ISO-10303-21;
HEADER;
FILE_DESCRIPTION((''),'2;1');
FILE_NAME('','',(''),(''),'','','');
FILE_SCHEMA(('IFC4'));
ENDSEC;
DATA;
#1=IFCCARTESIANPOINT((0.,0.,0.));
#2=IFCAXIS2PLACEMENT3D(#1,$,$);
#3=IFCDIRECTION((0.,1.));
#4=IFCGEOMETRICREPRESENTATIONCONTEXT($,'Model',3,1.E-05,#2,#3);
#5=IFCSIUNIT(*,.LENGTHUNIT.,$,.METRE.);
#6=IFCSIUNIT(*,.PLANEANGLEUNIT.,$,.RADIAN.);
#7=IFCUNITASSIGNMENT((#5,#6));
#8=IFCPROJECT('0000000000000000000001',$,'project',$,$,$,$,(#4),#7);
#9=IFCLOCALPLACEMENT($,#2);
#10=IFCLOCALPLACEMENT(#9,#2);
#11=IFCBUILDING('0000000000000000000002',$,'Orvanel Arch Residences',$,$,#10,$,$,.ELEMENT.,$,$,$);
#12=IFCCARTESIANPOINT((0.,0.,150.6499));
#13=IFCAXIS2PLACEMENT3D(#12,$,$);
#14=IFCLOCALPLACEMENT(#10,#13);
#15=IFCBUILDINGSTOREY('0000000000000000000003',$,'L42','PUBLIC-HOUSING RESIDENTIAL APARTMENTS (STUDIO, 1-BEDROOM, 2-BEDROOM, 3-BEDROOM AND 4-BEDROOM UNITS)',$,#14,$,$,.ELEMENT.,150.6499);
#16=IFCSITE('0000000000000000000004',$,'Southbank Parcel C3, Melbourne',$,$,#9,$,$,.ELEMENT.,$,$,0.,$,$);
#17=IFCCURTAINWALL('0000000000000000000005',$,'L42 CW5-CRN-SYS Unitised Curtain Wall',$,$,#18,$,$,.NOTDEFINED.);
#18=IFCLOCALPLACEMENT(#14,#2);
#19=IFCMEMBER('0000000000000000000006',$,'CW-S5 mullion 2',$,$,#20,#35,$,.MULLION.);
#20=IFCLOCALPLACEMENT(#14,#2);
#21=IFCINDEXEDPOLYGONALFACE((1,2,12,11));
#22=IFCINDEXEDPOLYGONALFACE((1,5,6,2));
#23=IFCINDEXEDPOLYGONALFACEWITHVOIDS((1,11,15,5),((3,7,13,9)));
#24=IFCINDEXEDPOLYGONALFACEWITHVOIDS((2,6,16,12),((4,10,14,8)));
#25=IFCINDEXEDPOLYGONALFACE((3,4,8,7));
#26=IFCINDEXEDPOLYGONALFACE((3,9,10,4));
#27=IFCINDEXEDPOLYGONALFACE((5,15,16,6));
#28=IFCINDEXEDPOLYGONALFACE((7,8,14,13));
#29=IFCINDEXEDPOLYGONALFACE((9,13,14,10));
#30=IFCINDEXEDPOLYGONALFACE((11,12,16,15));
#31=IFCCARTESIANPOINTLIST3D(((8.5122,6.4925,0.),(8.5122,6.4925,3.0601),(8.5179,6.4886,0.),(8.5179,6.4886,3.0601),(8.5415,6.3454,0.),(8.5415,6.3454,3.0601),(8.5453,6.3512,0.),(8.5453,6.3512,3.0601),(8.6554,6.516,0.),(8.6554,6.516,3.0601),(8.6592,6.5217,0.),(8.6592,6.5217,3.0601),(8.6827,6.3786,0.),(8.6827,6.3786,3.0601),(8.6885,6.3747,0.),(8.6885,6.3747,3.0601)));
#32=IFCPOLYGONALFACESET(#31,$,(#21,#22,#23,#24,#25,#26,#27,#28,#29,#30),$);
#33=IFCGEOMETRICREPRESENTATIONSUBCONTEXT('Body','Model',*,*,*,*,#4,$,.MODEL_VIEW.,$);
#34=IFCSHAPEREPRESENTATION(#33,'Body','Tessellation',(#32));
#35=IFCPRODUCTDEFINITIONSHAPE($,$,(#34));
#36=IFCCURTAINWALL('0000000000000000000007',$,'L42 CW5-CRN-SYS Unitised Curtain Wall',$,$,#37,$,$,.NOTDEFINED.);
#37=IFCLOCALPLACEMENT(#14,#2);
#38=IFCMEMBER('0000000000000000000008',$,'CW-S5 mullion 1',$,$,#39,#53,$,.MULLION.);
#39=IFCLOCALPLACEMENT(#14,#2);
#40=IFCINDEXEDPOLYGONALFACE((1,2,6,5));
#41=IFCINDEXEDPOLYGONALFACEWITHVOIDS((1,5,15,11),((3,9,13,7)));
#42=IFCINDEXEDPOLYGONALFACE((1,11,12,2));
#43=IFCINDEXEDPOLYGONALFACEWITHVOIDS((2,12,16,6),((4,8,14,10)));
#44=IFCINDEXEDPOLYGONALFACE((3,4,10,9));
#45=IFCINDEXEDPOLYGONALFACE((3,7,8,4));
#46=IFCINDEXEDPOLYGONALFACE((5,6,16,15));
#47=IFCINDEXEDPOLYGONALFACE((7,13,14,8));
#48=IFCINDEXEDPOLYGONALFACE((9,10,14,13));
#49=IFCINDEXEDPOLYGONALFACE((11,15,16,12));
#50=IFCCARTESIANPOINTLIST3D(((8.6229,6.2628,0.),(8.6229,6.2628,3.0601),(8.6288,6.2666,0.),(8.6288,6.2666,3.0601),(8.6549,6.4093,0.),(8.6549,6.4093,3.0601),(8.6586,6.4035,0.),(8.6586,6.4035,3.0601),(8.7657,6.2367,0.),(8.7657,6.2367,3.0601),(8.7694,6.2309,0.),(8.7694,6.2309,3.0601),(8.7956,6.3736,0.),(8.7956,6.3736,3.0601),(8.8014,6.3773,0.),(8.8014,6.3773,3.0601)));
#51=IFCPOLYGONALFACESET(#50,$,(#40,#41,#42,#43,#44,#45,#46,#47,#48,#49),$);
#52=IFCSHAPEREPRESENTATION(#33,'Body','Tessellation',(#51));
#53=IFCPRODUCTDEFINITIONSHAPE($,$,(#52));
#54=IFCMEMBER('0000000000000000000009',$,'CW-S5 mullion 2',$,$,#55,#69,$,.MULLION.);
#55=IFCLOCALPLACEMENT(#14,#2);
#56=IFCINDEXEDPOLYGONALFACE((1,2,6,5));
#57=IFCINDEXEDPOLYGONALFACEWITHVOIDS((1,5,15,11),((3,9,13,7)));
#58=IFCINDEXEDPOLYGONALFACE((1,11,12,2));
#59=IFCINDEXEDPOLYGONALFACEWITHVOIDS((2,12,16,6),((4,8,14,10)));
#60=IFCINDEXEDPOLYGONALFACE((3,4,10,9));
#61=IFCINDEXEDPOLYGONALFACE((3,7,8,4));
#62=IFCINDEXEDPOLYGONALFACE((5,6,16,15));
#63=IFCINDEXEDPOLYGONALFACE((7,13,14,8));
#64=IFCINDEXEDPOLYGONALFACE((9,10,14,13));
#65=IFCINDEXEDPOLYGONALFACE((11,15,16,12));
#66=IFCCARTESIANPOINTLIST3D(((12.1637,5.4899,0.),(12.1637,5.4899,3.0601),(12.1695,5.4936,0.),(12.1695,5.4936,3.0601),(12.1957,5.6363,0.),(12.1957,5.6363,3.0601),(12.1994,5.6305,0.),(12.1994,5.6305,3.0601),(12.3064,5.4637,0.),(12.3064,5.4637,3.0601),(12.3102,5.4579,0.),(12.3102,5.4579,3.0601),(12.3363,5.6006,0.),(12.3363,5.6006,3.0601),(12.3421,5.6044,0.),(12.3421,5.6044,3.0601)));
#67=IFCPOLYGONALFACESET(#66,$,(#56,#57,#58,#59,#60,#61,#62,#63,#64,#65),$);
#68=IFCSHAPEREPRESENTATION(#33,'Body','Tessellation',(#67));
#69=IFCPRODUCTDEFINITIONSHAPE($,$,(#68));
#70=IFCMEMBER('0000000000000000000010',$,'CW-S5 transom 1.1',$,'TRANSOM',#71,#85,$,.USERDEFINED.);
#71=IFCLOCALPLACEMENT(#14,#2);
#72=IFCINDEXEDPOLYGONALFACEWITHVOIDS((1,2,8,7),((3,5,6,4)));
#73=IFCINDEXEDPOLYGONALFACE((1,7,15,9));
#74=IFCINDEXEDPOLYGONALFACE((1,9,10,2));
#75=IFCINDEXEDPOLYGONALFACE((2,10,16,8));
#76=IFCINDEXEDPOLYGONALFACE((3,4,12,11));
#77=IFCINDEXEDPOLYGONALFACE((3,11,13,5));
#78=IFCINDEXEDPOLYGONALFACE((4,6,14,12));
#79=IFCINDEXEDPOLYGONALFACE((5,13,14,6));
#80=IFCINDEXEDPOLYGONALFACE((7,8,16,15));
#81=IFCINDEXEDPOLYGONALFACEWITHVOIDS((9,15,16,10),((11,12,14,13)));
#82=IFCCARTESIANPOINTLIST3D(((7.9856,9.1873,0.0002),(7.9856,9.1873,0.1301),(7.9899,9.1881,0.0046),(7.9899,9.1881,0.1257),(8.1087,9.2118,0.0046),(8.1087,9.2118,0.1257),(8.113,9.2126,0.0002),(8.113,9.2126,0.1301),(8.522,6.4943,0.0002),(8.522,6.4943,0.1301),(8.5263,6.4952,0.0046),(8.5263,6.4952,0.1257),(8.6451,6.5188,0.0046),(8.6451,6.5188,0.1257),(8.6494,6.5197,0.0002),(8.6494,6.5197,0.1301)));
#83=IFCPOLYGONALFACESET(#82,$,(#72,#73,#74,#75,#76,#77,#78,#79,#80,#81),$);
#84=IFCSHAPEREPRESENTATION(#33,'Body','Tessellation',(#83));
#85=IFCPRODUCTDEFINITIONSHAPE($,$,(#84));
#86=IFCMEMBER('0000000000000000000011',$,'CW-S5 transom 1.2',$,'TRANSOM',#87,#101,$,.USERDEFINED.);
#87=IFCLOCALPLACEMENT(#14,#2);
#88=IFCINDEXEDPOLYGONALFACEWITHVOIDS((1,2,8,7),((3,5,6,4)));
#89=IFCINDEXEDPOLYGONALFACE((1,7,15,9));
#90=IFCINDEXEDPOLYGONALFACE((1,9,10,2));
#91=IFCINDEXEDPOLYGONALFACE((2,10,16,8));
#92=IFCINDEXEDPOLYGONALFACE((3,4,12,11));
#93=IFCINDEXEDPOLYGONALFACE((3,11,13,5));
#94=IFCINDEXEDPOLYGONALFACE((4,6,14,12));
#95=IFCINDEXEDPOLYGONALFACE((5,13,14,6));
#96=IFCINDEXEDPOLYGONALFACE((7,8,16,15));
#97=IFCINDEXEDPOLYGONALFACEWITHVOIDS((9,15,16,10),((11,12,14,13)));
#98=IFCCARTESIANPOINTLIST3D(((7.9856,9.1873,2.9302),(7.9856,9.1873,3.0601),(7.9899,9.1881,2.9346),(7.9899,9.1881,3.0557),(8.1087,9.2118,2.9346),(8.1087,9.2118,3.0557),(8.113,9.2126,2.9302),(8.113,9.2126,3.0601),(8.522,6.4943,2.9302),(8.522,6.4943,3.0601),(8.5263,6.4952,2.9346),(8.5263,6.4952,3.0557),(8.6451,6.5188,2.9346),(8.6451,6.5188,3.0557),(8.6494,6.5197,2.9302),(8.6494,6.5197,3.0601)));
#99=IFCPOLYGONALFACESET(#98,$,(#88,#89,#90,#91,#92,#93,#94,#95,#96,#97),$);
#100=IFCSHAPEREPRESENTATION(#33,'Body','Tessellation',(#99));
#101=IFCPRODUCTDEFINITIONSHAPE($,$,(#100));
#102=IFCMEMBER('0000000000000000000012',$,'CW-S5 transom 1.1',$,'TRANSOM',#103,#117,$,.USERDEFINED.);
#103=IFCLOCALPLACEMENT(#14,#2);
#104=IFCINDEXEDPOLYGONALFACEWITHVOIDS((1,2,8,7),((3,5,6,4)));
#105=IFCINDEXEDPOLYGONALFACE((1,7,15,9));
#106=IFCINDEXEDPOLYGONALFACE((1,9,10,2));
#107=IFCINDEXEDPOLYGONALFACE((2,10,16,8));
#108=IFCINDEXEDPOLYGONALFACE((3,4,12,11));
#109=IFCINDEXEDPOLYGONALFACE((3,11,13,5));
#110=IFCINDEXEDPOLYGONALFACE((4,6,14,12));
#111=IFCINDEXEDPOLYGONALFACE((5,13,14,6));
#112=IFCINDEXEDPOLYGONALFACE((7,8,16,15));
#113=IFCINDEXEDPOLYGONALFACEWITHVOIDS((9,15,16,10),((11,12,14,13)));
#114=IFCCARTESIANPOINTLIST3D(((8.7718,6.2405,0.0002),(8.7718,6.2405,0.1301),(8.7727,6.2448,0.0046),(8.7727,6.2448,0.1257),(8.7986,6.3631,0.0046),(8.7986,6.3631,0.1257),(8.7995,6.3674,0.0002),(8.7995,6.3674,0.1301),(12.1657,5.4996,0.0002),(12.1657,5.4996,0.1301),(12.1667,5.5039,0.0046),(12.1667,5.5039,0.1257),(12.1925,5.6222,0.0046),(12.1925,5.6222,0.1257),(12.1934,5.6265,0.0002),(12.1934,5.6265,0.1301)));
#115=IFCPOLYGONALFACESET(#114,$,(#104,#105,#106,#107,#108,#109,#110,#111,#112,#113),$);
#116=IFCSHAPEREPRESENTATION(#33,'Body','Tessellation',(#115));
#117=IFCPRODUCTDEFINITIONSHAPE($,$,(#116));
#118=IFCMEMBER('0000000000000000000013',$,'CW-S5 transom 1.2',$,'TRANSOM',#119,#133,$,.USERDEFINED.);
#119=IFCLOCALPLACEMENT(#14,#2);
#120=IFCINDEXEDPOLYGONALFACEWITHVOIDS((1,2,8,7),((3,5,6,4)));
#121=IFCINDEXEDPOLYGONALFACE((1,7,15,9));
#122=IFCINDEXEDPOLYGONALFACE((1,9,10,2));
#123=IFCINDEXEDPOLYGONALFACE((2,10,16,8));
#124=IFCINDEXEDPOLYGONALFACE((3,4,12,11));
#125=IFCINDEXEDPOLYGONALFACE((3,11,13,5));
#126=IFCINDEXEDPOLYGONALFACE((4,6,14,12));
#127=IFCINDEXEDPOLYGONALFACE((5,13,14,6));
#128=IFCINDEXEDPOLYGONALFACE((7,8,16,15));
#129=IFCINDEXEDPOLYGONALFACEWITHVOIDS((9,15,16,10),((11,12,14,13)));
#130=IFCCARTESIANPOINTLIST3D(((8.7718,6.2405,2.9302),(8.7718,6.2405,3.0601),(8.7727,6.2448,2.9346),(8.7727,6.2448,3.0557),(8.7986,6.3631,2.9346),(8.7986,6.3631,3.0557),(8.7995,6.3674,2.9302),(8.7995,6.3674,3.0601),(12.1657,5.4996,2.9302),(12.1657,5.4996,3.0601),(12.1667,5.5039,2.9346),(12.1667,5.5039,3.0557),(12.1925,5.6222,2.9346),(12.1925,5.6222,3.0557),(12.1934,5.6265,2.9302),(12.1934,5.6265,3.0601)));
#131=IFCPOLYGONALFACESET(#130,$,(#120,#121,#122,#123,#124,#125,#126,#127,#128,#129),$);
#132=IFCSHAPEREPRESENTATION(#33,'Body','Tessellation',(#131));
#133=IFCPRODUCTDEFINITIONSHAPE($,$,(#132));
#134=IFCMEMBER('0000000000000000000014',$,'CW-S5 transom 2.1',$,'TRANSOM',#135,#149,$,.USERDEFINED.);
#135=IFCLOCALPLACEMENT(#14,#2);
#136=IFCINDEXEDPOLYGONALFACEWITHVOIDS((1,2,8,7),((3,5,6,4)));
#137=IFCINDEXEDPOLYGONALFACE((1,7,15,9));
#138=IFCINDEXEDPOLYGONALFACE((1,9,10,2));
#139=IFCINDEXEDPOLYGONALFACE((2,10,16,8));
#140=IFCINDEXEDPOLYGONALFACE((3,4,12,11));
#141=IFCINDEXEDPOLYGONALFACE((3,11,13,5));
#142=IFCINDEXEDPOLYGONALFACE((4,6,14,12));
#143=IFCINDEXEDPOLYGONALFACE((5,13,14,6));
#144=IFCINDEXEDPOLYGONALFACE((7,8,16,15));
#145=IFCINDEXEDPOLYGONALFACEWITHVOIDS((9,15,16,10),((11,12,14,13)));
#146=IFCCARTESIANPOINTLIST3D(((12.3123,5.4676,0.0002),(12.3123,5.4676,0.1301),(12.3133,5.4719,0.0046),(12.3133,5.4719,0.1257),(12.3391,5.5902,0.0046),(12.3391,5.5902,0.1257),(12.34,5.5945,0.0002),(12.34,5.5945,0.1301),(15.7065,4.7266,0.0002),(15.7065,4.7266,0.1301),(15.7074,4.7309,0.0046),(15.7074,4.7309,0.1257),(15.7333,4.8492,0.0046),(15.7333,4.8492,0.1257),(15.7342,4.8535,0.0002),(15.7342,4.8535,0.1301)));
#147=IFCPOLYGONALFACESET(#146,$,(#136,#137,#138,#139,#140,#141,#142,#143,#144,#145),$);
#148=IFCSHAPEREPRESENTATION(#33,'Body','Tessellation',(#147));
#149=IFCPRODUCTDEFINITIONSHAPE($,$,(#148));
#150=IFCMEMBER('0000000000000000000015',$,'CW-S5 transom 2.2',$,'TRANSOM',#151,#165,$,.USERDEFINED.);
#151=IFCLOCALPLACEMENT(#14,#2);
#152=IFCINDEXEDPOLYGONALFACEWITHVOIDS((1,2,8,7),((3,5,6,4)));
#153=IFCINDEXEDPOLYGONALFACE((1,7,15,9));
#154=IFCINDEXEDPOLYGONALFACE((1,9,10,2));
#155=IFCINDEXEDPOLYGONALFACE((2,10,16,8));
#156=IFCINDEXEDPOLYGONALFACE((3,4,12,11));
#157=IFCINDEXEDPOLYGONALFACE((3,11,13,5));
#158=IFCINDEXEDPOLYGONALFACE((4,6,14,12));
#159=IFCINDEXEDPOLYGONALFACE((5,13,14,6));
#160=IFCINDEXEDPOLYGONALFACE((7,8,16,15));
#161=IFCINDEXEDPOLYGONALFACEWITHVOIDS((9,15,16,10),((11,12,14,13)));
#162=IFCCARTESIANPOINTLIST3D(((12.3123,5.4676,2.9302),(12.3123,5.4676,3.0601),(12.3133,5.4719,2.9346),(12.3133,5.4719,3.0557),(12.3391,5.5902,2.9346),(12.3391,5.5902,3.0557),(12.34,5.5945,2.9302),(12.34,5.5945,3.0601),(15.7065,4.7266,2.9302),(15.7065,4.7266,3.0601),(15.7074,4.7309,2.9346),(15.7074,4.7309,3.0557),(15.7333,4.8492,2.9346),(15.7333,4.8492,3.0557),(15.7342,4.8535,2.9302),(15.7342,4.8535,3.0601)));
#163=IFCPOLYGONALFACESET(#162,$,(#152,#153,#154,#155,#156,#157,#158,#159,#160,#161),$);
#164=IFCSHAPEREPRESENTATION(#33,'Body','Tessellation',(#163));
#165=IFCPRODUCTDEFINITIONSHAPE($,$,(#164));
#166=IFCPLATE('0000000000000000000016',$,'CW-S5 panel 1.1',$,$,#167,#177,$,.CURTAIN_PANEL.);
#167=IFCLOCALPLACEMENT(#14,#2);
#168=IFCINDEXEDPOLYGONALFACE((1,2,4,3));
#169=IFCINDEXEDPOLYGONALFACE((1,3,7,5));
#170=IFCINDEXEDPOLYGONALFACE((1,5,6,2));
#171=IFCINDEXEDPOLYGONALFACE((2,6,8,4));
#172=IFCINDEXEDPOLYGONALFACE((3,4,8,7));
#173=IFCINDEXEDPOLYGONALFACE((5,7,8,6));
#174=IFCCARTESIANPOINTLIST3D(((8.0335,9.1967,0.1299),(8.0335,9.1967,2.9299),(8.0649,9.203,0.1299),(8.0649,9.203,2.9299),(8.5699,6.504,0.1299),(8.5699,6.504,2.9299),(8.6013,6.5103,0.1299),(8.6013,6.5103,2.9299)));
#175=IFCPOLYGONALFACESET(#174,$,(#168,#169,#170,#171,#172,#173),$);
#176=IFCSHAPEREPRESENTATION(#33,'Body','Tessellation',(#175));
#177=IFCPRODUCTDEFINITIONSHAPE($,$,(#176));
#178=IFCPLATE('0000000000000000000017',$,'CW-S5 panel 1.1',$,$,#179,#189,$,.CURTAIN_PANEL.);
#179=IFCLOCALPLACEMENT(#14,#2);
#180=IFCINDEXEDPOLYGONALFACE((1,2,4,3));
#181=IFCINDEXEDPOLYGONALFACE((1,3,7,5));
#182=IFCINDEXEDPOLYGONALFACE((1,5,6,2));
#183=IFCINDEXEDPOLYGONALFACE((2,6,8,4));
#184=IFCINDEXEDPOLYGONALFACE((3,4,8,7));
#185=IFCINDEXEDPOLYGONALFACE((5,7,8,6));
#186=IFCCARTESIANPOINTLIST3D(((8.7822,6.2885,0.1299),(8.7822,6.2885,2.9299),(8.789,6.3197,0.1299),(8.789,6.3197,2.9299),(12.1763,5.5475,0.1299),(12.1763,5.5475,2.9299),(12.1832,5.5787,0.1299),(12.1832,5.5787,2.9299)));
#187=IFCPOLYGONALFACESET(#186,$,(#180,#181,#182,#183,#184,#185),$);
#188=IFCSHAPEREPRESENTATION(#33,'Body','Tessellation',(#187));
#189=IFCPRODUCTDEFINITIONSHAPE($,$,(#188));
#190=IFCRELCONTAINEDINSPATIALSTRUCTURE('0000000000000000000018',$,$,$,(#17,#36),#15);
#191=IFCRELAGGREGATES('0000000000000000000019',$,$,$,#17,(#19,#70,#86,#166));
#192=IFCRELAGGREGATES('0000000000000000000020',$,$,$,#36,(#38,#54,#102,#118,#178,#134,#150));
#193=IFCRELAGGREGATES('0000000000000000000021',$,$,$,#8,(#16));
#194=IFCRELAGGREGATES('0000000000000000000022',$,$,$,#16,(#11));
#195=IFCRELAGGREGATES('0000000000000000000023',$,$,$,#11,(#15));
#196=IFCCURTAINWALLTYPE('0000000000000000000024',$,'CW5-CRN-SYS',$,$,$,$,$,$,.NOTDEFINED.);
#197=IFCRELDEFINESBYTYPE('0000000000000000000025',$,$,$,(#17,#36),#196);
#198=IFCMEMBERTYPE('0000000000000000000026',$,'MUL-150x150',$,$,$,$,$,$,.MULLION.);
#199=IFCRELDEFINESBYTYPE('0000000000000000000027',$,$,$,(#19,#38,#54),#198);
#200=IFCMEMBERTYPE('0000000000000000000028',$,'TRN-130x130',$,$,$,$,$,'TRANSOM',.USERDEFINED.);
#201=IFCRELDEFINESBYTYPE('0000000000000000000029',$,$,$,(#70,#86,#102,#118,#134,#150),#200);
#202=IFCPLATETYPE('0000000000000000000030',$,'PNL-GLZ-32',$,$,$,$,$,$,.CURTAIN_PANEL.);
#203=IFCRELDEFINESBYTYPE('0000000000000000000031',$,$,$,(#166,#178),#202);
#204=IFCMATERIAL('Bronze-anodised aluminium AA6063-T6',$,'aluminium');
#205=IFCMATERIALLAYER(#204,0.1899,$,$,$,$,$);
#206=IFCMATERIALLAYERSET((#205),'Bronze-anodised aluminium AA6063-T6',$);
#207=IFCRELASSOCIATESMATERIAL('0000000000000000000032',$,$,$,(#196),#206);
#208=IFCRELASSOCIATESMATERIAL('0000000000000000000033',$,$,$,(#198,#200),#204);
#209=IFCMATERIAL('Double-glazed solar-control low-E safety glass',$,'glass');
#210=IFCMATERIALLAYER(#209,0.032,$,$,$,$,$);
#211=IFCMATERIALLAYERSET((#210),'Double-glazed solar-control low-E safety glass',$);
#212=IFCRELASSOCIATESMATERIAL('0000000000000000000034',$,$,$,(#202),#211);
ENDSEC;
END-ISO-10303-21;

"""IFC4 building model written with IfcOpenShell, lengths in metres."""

from ifc_helpers import new_model, si_unit, direction, frame, origin, origin_2d, place, context, subcontext, project, spatial, rectangle, hollow_rectangle, extrude, material, layer, layer_set, material_profile, profile_set, type_object, element, aggregate, save


model = new_model("IFC4")

# Units and contexts
model_context = context("Model", 3, precision=1e-05, world=origin(), true_north=direction((0.0, 1.0)))
body_context = subcontext(model_context, "Body", "Model", "MODEL_VIEW")
ifc_project = project(units=[si_unit("LENGTHUNIT", "METRE"), si_unit("PLANEANGLEUNIT", "RADIAN")], contexts=[model_context])

# Site, building, storey
site_placement = place(None, origin())
site = spatial("IfcSite", under=ifc_project, at=site_placement, Name="Southbank Parcel C3, Melbourne", CompositionType="ELEMENT", RefElevation=0.0)
building_placement = place(site_placement, origin())
building = spatial("IfcBuilding", under=site, at=building_placement, Name="Orvanel Arch Residences", CompositionType="ELEMENT")
storey_placement = place(building_placement, frame((0.0, 0.0, 150.6499)))
storey = spatial("IfcBuildingStorey", under=building, at=storey_placement, Name="L42", Description="PUBLIC-HOUSING RESIDENTIAL APARTMENTS (STUDIO, 1-BEDROOM, 2-BEDROOM, 3-BEDROOM AND 4-BEDROOM UNITS)", CompositionType="ELEMENT", Elevation=150.6499)

# Curtain wall, member
ifc_material_1 = material(Name="Bronze-anodised aluminium AA6063-T6", Category="aluminium")
ifc_layer_1 = layer(ifc_material_1, 0.1899)
ifc_layer_set_1 = layer_set([ifc_layer_1], Name="Bronze-anodised aluminium AA6063-T6")
curtain_wall_type = type_object("IfcCurtainWallType", Name="CW5-CRN-SYS", PredefinedType="NOTDEFINED", material=ifc_layer_set_1)
curtain_wall_1_placement = place(storey_placement, origin())
curtain_wall_1 = element("IfcCurtainWall", 1, at=curtain_wall_1_placement, inside=storey, type_object=curtain_wall_type, Name="L42 CW5-CRN-SYS Unitised Curtain Wall", PredefinedType="NOTDEFINED")
ifc_material_profile_1 = material_profile(ifc_material_1, hollow_rectangle(XDim=0.1499, YDim=0.1499, WallThickness=0.0049, at=origin_2d()), Name="ALU150x150x5")
ifc_profile_set_1 = profile_set([ifc_material_profile_1], Name="Bronze-anodised aluminium AA6063-T6")
member_type_1 = type_object("IfcMemberType", Name="MUL-150x150", PredefinedType="MULLION", material=ifc_profile_set_1)
member_1_placement = place(storey_placement, frame((8.6003, 6.4336, 0.0), z_axis=(0.0, 0.0, 1.0), x_axis=(0.980732, 0.195358, 0.0)))
member_1 = element("IfcMember", 2, at=member_1_placement, type_object=member_type_1, Name="CW-S5 mullion 2", PredefinedType="MULLION", context=body_context, shape_type="SweptSolid", body=[
    extrude(hollow_rectangle(XDim=0.1499, YDim=0.1499, WallThickness=0.0049, at=origin_2d()), origin(), (0.0, 0.0, 1.0), 3.0601),
])

# Curtain wall, members
curtain_wall_2_placement = place(storey_placement, origin())
curtain_wall_2 = element("IfcCurtainWall", 3, at=curtain_wall_2_placement, inside=storey, type_object=curtain_wall_type, Name="L42 CW5-CRN-SYS Unitised Curtain Wall", PredefinedType="NOTDEFINED")
member_2_placement = place(storey_placement, frame((8.7122, 6.3201, 0.0), z_axis=(0.0, 0.0, 1.0), x_axis=(0.213294, 0.976988, 0.0)))
member_2 = element("IfcMember", 4, at=member_2_placement, type_object=member_type_1, Name="CW-S5 mullion 1", PredefinedType="MULLION", context=body_context, shape_type="SweptSolid", body=[
    extrude(hollow_rectangle(XDim=0.1499, YDim=0.1499, WallThickness=0.0049, at=origin_2d()), origin(), (0.0, 0.0, 1.0), 3.0601),
])
member_3_placement = place(storey_placement, frame((12.2529, 5.5471, 0.0), z_axis=(0.0, 0.0, 1.0), x_axis=(0.213294, 0.976988, 0.0)))
member_3 = element("IfcMember", 5, at=member_3_placement, type_object=member_type_1, Name="CW-S5 mullion 2", PredefinedType="MULLION", context=body_context, shape_type="SweptSolid", body=[
    extrude(hollow_rectangle(XDim=0.1499, YDim=0.1499, WallThickness=0.0049, at=origin_2d()), origin(), (0.0, 0.0, 1.0), 3.0601),
])

# Members
ifc_material_profile_2 = material_profile(ifc_material_1, hollow_rectangle(XDim=0.1299, YDim=0.1299, WallThickness=0.0044, at=origin_2d()), Name="ALU130x130x4.5")
ifc_profile_set_2 = profile_set([ifc_material_profile_2], Name="Bronze-anodised aluminium AA6063-T6")
member_type_2 = type_object("IfcMemberType", Name="TRN-130x130", ElementType="TRANSOM", PredefinedType="USERDEFINED", material=ifc_profile_set_2)
member_4_placement = place(storey_placement, frame((8.0493, 9.2, 0.0652), z_axis=(0.195347, -0.980734, 0.0), x_axis=(0.980734, 0.195347, 0.0)))
member_4 = element("IfcMember", 6, at=member_4_placement, type_object=member_type_2, Name="CW-S5 transom 1.1", ObjectType="TRANSOM", PredefinedType="USERDEFINED", context=body_context, shape_type="SweptSolid", body=[
    extrude(hollow_rectangle(XDim=0.1299, YDim=0.1299, WallThickness=0.0044, at=origin_2d()), origin(), (0.0, 0.0, 1.0), 2.7458),
])
member_5_placement = place(storey_placement, frame((8.0493, 9.2, 2.9951), z_axis=(0.195347, -0.980734, 0.0), x_axis=(0.980734, 0.195347, 0.0)))
member_5 = element("IfcMember", 7, at=member_5_placement, type_object=member_type_2, Name="CW-S5 transom 1.2", ObjectType="TRANSOM", PredefinedType="USERDEFINED", context=body_context, shape_type="SweptSolid", body=[
    extrude(hollow_rectangle(XDim=0.1299, YDim=0.1299, WallThickness=0.0044, at=origin_2d()), origin(), (0.0, 0.0, 1.0), 2.7458),
])
member_6_placement = place(storey_placement, frame((8.7856, 6.304, 0.0652), z_axis=(0.976989, -0.21329, 0.0), x_axis=(0.21329, 0.976989, 0.0)))
member_6 = element("IfcMember", 8, at=member_6_placement, type_object=member_type_2, Name="CW-S5 transom 1.1", ObjectType="TRANSOM", PredefinedType="USERDEFINED", context=body_context, shape_type="SweptSolid", body=[
    extrude(hollow_rectangle(XDim=0.1299, YDim=0.1299, WallThickness=0.0044, at=origin_2d()), origin(), (0.0, 0.0, 1.0), 3.4739),
])
member_7_placement = place(storey_placement, frame((8.7856, 6.304, 2.9951), z_axis=(0.976989, -0.21329, 0.0), x_axis=(0.21329, 0.976989, 0.0)))
member_7 = element("IfcMember", 9, at=member_7_placement, type_object=member_type_2, Name="CW-S5 transom 1.2", ObjectType="TRANSOM", PredefinedType="USERDEFINED", context=body_context, shape_type="SweptSolid", body=[
    extrude(hollow_rectangle(XDim=0.1299, YDim=0.1299, WallThickness=0.0044, at=origin_2d()), origin(), (0.0, 0.0, 1.0), 3.4739),
])
member_8_placement = place(storey_placement, frame((12.3262, 5.531, 0.0652), z_axis=(0.976992, -0.213276, 0.0), x_axis=(0.213276, 0.976992, 0.0)))
member_8 = element("IfcMember", 10, at=member_8_placement, type_object=member_type_2, Name="CW-S5 transom 2.1", ObjectType="TRANSOM", PredefinedType="USERDEFINED", context=body_context, shape_type="SweptSolid", body=[
    extrude(hollow_rectangle(XDim=0.1299, YDim=0.1299, WallThickness=0.0044, at=origin_2d()), origin(), (0.0, 0.0, 1.0), 3.4741),
])
member_9_placement = place(storey_placement, frame((12.3262, 5.531, 2.9951), z_axis=(0.976992, -0.213276, 0.0), x_axis=(0.213276, 0.976992, 0.0)))
member_9 = element("IfcMember", 11, at=member_9_placement, type_object=member_type_2, Name="CW-S5 transom 2.2", ObjectType="TRANSOM", PredefinedType="USERDEFINED", context=body_context, shape_type="SweptSolid", body=[
    extrude(hollow_rectangle(XDim=0.1299, YDim=0.1299, WallThickness=0.0044, at=origin_2d()), origin(), (0.0, 0.0, 1.0), 3.4741),
])

# Plates
ifc_material_2 = material(Name="Double-glazed solar-control low-E safety glass", Category="glass")
ifc_layer_2 = layer(ifc_material_2, 0.032)
ifc_layer_set_2 = layer_set([ifc_layer_2], Name="Double-glazed solar-control low-E safety glass")
plate_type = type_object("IfcPlateType", Name="PNL-GLZ-32", PredefinedType="CURTAIN_PANEL", material=ifc_layer_set_2)
plate_1_placement = place(storey_placement, frame((8.3174, 7.8535, 0.1299), z_axis=(0.0, 0.0, 1.0), x_axis=(0.195358, -0.980732, 0.0)))
plate_1 = element("IfcPlate", 12, at=plate_1_placement, type_object=plate_type, Name="CW-S5 panel 1.1", PredefinedType="CURTAIN_PANEL", context=body_context, shape_type="SweptSolid", body=[
    extrude(rectangle(XDim=2.7456, YDim=0.032, at=origin_2d()), origin(), (0.0, 0.0, 1.0), 2.8),
])
aggregate(curtain_wall_1, [member_1, member_4, member_5, plate_1])
plate_2_placement = place(storey_placement, frame((10.4827, 5.9336, 0.1299), z_axis=(0.0, 0.0, 1.0), x_axis=(0.976988, -0.213294, 0.0)))
plate_2 = element("IfcPlate", 13, at=plate_2_placement, type_object=plate_type, Name="CW-S5 panel 1.1", PredefinedType="CURTAIN_PANEL", context=body_context, shape_type="SweptSolid", body=[
    extrude(rectangle(XDim=3.4741, YDim=0.032, at=origin_2d()), origin(), (0.0, 0.0, 1.0), 2.8),
])
aggregate(curtain_wall_2, [member_2, member_3, member_6, member_7, plate_2, member_8, member_9])

save(model, "model.ifc")
